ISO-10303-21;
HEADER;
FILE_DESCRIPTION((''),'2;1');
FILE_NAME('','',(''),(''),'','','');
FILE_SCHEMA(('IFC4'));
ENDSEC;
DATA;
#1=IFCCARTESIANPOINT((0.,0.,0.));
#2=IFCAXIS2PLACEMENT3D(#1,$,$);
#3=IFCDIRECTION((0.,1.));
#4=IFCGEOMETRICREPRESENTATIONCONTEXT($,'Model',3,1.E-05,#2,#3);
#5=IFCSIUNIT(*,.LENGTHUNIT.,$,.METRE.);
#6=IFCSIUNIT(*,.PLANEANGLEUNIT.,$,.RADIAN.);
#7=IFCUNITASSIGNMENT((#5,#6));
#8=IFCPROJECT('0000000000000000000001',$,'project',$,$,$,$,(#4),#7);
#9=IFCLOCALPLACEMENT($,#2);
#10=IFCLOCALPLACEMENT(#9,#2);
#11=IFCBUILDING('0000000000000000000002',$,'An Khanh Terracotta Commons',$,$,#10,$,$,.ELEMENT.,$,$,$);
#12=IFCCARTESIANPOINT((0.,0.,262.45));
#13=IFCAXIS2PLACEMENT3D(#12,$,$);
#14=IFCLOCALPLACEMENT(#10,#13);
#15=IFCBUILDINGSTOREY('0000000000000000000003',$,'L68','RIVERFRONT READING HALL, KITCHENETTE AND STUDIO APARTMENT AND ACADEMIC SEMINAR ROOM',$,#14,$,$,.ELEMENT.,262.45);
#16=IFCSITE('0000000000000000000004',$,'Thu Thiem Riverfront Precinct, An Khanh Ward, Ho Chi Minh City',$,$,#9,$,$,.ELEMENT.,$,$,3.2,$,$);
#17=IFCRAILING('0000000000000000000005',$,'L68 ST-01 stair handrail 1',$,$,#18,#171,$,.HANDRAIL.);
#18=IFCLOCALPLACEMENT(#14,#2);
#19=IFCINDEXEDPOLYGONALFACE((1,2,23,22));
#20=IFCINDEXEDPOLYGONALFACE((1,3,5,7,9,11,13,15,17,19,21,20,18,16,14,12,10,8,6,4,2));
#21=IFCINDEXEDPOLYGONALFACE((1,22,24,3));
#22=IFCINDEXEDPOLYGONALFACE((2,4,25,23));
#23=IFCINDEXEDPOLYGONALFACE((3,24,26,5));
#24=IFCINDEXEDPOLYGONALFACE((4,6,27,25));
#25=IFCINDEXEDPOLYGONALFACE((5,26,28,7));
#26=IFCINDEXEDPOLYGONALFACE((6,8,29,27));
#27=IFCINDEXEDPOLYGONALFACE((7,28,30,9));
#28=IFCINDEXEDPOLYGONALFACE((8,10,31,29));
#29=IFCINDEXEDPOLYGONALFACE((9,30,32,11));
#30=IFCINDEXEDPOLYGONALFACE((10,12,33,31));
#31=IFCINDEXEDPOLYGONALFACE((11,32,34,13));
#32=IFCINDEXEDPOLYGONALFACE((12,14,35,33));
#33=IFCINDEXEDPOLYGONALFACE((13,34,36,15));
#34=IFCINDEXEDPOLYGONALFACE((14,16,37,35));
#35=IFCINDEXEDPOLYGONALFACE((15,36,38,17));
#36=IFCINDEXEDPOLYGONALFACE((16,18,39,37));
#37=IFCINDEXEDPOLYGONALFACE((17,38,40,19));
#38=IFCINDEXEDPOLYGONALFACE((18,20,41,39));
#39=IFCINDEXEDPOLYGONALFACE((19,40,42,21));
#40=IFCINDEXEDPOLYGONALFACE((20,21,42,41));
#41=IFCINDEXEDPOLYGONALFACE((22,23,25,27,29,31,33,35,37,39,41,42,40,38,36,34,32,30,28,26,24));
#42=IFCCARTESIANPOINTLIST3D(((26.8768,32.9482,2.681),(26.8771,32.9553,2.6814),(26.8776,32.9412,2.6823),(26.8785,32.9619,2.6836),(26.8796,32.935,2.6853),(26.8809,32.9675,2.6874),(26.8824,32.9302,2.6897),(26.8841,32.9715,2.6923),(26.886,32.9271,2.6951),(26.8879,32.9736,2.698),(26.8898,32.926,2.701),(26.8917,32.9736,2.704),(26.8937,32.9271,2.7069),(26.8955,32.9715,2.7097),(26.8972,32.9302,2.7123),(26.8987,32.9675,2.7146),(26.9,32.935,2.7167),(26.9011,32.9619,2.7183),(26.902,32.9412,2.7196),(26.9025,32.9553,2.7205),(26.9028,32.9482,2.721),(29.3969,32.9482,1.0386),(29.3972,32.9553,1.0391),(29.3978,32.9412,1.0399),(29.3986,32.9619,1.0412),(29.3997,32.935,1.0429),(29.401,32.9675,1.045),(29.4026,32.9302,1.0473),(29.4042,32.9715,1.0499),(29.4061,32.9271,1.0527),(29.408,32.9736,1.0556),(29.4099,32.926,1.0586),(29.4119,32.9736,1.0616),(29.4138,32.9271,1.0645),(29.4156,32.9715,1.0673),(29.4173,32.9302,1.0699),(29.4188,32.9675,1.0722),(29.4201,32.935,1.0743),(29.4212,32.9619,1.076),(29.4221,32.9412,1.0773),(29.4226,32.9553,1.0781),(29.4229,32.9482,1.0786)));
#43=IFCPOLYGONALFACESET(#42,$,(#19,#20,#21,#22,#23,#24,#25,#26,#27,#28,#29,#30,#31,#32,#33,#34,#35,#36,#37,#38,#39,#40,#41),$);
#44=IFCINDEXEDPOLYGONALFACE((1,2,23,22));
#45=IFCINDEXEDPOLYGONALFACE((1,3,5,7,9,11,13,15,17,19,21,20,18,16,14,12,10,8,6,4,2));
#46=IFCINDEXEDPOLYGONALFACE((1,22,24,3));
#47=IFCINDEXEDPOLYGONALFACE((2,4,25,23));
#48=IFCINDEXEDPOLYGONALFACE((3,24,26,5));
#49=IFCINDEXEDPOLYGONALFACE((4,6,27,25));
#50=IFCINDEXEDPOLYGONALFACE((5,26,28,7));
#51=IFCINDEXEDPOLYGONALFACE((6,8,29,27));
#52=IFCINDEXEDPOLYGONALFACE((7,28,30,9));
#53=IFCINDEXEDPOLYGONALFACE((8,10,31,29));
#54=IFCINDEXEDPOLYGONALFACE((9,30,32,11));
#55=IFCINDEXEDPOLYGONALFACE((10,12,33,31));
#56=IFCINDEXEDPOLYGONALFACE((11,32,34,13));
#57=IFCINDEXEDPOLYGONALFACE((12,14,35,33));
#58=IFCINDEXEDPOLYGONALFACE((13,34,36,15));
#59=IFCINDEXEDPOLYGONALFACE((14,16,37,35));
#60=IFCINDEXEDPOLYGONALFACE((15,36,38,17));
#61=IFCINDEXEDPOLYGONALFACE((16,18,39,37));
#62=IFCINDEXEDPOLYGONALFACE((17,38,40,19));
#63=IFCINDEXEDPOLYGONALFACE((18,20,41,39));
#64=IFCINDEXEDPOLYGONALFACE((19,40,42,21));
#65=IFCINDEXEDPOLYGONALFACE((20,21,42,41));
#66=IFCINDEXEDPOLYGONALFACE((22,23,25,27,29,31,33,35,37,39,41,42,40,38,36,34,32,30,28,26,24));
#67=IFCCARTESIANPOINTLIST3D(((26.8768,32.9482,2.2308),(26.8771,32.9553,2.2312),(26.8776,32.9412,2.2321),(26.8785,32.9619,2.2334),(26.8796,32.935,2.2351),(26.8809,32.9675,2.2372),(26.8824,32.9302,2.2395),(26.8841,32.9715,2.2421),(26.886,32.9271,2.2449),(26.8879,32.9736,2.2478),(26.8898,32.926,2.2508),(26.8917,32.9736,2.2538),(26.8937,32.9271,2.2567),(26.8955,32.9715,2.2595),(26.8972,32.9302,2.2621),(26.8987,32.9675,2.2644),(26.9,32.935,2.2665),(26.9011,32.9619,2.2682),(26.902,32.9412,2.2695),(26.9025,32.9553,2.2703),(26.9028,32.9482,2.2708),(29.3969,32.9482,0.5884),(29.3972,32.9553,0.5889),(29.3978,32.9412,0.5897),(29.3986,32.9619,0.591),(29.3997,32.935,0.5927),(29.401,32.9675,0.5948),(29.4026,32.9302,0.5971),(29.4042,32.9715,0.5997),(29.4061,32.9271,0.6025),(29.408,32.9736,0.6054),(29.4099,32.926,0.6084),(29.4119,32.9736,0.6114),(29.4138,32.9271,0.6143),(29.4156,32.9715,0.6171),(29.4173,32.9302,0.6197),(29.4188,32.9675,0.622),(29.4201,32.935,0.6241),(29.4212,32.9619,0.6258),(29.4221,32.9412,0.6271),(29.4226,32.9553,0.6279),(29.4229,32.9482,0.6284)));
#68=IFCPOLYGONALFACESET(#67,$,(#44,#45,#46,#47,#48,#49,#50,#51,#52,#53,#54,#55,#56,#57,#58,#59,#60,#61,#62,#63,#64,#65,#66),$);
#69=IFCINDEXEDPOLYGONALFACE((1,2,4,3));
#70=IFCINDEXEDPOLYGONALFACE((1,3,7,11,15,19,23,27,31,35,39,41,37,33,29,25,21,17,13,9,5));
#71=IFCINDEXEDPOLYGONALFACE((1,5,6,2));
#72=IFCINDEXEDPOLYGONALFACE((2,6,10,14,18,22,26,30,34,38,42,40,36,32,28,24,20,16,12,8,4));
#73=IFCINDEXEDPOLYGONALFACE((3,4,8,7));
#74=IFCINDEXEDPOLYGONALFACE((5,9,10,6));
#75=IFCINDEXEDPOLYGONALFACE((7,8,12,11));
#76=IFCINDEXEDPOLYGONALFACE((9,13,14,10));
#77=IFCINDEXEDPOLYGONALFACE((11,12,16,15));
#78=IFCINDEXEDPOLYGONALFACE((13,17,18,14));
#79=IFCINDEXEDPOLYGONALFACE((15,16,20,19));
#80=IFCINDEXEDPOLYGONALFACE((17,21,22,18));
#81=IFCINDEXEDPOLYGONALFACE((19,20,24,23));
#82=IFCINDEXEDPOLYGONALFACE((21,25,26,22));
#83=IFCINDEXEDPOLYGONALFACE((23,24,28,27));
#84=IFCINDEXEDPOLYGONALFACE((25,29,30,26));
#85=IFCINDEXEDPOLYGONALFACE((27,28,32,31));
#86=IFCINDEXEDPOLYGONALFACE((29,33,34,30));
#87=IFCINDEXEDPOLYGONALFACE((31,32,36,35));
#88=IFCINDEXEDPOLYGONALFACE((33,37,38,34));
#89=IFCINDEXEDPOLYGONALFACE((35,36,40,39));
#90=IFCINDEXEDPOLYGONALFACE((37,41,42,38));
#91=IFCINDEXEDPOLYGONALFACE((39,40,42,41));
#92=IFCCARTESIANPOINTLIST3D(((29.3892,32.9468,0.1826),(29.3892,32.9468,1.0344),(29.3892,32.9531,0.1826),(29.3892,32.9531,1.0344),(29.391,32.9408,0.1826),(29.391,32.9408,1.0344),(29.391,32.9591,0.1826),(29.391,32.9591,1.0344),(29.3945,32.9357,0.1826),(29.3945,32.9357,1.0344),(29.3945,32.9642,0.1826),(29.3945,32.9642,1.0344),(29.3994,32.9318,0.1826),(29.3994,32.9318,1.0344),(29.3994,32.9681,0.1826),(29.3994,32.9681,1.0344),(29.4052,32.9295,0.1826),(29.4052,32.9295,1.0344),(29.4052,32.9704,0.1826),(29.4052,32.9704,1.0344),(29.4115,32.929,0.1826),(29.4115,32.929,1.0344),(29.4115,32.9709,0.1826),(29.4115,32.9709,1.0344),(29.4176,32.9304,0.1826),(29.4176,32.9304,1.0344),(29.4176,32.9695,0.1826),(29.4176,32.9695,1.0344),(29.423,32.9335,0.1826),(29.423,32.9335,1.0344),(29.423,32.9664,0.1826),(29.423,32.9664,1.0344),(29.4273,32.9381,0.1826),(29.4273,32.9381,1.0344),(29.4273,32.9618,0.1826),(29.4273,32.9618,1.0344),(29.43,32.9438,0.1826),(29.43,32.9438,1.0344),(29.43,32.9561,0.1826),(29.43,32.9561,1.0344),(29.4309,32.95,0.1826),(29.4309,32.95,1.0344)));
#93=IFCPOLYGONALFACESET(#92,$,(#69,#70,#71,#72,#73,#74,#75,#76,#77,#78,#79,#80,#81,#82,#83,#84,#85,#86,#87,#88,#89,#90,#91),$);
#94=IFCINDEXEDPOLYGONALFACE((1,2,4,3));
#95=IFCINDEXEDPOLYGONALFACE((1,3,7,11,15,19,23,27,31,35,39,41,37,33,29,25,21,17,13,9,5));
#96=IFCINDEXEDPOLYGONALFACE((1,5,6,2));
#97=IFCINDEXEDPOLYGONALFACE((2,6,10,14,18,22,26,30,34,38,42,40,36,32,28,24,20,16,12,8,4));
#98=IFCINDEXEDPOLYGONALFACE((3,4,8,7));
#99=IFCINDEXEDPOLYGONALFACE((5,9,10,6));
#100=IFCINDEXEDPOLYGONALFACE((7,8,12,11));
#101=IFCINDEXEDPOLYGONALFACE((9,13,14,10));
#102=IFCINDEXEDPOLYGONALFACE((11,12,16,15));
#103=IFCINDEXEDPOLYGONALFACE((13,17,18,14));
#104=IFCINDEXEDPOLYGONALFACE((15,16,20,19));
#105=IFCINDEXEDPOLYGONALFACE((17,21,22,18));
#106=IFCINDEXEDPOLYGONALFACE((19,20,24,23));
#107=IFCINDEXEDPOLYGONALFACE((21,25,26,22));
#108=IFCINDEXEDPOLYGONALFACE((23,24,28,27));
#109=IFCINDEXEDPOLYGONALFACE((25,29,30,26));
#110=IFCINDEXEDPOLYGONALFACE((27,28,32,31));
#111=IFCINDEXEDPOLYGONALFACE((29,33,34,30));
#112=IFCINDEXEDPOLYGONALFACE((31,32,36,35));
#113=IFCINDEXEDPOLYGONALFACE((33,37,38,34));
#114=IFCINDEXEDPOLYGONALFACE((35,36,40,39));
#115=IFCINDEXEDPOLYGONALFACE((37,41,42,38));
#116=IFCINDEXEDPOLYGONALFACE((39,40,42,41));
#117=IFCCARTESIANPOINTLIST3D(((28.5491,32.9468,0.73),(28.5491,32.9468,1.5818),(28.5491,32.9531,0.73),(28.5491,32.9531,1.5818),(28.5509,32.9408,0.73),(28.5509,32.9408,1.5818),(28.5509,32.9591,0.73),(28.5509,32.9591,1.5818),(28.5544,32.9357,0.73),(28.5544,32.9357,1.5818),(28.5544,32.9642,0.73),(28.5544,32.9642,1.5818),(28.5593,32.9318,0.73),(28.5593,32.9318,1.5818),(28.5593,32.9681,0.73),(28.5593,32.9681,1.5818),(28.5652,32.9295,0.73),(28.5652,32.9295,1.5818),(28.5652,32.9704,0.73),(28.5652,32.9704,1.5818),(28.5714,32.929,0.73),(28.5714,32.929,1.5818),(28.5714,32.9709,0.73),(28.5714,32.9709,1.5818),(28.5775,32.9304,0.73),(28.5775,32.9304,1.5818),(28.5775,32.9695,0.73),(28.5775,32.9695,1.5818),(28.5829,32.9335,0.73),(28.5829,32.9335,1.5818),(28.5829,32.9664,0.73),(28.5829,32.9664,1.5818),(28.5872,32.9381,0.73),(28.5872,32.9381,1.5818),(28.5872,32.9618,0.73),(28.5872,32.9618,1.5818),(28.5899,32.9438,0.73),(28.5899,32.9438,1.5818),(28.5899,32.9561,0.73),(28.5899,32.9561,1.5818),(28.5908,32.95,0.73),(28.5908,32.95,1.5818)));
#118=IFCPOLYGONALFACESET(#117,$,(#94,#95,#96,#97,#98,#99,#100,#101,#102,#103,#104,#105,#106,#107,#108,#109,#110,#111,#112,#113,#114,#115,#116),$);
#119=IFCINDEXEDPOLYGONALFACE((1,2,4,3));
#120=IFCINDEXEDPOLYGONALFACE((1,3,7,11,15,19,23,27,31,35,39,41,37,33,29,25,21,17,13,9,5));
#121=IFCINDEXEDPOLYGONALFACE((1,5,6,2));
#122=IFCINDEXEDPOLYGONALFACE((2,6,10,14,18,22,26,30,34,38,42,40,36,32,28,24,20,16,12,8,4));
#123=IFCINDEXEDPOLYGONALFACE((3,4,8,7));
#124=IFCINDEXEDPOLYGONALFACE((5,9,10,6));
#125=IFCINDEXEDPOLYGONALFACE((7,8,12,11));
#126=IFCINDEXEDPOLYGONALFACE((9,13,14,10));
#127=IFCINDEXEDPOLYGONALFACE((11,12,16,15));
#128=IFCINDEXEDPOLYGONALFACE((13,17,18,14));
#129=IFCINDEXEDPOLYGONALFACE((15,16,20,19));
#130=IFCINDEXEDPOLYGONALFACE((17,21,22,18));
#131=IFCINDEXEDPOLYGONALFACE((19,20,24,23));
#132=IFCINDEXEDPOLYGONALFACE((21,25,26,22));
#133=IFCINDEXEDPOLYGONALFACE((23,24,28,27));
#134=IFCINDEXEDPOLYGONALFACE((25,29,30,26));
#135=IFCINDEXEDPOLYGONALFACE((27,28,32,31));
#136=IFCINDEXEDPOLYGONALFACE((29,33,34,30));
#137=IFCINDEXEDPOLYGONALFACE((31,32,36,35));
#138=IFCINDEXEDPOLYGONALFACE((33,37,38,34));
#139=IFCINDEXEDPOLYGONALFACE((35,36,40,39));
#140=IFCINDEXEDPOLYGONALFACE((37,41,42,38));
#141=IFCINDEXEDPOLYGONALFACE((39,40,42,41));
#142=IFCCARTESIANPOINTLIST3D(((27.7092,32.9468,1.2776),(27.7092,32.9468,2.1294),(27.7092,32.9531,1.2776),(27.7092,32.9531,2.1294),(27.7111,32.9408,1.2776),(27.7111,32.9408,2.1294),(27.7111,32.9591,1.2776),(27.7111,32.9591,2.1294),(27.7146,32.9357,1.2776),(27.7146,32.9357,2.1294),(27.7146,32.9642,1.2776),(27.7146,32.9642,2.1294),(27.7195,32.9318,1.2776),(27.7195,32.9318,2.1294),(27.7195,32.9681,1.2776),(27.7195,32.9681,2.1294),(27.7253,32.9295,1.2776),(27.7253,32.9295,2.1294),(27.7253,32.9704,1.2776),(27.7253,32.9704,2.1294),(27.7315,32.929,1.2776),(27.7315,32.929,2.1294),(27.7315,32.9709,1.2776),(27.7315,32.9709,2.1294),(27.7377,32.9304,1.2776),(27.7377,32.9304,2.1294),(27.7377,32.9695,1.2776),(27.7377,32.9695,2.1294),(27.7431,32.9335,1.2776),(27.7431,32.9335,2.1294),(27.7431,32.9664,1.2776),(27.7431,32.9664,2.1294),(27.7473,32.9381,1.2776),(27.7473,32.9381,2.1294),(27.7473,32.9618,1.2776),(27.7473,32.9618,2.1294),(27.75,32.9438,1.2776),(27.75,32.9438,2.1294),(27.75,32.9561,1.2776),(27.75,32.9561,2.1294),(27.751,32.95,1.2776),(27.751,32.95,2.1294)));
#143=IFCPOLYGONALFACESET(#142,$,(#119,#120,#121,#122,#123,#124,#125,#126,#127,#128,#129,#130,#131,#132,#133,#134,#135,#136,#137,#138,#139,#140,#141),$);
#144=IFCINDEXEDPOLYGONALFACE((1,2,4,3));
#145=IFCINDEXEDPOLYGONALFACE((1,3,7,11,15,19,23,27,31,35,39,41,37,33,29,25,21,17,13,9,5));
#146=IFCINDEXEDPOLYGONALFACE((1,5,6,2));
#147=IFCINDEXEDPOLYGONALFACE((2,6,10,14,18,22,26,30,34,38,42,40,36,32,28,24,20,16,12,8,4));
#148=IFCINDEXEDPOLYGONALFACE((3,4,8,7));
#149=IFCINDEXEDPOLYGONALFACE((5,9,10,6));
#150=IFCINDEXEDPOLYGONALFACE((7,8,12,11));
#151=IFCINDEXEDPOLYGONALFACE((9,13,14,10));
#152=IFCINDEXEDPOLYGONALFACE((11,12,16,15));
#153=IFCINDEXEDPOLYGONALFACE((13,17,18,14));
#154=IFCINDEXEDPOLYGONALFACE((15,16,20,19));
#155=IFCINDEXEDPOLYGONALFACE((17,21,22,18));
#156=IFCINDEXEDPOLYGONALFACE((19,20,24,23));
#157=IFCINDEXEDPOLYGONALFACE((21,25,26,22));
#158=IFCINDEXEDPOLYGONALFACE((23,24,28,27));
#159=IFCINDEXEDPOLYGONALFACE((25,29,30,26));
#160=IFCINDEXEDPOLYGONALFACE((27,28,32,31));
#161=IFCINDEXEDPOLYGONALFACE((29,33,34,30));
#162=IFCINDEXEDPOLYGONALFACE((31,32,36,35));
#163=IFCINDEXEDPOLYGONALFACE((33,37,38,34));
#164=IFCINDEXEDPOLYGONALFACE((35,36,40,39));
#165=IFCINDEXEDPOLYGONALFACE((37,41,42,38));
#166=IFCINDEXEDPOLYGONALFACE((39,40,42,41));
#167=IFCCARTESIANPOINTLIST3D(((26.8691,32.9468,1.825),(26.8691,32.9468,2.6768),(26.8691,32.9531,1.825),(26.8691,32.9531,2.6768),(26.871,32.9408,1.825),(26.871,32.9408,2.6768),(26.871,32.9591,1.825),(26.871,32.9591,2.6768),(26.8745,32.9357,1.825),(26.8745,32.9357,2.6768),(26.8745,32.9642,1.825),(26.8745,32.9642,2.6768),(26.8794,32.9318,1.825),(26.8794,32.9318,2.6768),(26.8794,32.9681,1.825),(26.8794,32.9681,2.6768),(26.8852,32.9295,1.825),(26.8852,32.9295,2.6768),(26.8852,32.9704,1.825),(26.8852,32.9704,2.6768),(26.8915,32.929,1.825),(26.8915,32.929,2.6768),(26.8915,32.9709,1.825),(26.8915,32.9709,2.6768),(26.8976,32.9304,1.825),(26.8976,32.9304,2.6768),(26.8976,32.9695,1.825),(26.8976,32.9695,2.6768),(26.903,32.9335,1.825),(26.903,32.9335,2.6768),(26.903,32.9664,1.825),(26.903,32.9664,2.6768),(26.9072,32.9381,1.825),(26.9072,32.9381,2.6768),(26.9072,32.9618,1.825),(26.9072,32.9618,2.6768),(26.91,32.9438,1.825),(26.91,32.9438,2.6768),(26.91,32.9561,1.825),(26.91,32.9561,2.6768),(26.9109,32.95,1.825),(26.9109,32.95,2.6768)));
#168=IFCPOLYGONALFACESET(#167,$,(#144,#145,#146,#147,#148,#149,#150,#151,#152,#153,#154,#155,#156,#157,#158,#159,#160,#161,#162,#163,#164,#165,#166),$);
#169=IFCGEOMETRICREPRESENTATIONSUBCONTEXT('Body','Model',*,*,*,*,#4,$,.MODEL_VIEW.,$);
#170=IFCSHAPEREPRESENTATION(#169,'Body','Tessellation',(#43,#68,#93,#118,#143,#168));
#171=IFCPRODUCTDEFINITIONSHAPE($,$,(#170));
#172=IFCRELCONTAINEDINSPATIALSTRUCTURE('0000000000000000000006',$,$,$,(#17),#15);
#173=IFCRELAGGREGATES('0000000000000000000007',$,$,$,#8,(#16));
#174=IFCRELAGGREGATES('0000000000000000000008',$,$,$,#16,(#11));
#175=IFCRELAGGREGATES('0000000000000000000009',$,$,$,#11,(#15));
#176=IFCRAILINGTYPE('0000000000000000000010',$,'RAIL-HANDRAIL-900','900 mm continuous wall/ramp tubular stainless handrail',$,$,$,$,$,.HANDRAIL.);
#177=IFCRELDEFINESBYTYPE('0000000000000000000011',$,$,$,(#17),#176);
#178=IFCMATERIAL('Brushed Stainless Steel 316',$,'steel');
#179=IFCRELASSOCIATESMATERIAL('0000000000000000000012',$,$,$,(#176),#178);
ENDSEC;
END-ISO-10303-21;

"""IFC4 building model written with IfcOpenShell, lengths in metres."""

from ifc_helpers import new_model, si_unit, direction, frame, origin, origin_2d, place, context, subcontext, project, spatial, circle, extrude, material, type_object, element, save


model = new_model("IFC4")

# Units and contexts
model_context = context("Model", 3, precision=1e-05, world=origin(), true_north=direction((0.0, 1.0)))
body_context = subcontext(model_context, "Body", "Model", "MODEL_VIEW")
ifc_project = project(units=[si_unit("LENGTHUNIT", "METRE"), si_unit("PLANEANGLEUNIT", "RADIAN")], contexts=[model_context])

# Site, building, storey
site_placement = place(None, origin())
site = spatial("IfcSite", under=ifc_project, at=site_placement, Name="Thu Thiem Riverfront Precinct, An Khanh Ward, Ho Chi Minh City", CompositionType="ELEMENT", RefElevation=3.2)
building_placement = place(site_placement, origin())
building = spatial("IfcBuilding", under=site, at=building_placement, Name="An Khanh Terracotta Commons", CompositionType="ELEMENT")
storey_placement = place(building_placement, frame((0.0, 0.0, 262.45)))
storey = spatial("IfcBuildingStorey", under=building, at=storey_placement, Name="L68", Description="RIVERFRONT READING HALL, KITCHENETTE AND STUDIO APARTMENT AND ACADEMIC SEMINAR ROOM", CompositionType="ELEMENT", Elevation=262.45)

# Railing
ifc_material_1 = material(Name="Brushed Stainless Steel 316", Category="steel")
railing_type_1 = type_object("IfcRailingType", Name="RAIL-HANDRAIL-900", Description="900 mm continuous wall/ramp tubular stainless handrail", PredefinedType="HANDRAIL", material=ifc_material_1)
railing_1_placement = place(storey_placement, frame((29.4099, 32.95, 0.1826)))
element("IfcRailing", 1, at=railing_1_placement, inside=storey, type_object=railing_type_1, Name="L68 ST-01 stair handrail 1", PredefinedType="HANDRAIL", context=body_context, shape_type="SweptSolid", body=[
    extrude(circle(Radius=0.0239, at=origin_2d()), frame((0.0, 0.0, 0.876), z_axis=(-0.837787, 0.0, 0.545998), x_axis=(0.0, -1.0, 0.0)), (0.0, 0.0, 1.0), 3.0081),
    extrude(circle(Radius=0.0239, at=origin_2d()), frame((0.0, 0.0, 0.4258), z_axis=(-0.837787, 0.0, 0.545998), x_axis=(0.0, -1.0, 0.0)), (0.0, 0.0, 1.0), 3.0081),
    extrude(circle(Radius=0.021, at=origin_2d()), origin(), (0.0, 0.0, 1.0), 0.8518),
    extrude(circle(Radius=0.021, at=origin_2d()), frame((-0.8401, 0.0, 0.5474)), (0.0, 0.0, 1.0), 0.8518),
    extrude(circle(Radius=0.021, at=origin_2d()), frame((-1.6799, 0.0, 1.095)), (0.0, 0.0, 1.0), 0.8518),
    extrude(circle(Radius=0.021, at=origin_2d()), frame((-2.52, 0.0, 1.6423)), (0.0, 0.0, 1.0), 0.8518),
])

save(model, "model.ifc")
